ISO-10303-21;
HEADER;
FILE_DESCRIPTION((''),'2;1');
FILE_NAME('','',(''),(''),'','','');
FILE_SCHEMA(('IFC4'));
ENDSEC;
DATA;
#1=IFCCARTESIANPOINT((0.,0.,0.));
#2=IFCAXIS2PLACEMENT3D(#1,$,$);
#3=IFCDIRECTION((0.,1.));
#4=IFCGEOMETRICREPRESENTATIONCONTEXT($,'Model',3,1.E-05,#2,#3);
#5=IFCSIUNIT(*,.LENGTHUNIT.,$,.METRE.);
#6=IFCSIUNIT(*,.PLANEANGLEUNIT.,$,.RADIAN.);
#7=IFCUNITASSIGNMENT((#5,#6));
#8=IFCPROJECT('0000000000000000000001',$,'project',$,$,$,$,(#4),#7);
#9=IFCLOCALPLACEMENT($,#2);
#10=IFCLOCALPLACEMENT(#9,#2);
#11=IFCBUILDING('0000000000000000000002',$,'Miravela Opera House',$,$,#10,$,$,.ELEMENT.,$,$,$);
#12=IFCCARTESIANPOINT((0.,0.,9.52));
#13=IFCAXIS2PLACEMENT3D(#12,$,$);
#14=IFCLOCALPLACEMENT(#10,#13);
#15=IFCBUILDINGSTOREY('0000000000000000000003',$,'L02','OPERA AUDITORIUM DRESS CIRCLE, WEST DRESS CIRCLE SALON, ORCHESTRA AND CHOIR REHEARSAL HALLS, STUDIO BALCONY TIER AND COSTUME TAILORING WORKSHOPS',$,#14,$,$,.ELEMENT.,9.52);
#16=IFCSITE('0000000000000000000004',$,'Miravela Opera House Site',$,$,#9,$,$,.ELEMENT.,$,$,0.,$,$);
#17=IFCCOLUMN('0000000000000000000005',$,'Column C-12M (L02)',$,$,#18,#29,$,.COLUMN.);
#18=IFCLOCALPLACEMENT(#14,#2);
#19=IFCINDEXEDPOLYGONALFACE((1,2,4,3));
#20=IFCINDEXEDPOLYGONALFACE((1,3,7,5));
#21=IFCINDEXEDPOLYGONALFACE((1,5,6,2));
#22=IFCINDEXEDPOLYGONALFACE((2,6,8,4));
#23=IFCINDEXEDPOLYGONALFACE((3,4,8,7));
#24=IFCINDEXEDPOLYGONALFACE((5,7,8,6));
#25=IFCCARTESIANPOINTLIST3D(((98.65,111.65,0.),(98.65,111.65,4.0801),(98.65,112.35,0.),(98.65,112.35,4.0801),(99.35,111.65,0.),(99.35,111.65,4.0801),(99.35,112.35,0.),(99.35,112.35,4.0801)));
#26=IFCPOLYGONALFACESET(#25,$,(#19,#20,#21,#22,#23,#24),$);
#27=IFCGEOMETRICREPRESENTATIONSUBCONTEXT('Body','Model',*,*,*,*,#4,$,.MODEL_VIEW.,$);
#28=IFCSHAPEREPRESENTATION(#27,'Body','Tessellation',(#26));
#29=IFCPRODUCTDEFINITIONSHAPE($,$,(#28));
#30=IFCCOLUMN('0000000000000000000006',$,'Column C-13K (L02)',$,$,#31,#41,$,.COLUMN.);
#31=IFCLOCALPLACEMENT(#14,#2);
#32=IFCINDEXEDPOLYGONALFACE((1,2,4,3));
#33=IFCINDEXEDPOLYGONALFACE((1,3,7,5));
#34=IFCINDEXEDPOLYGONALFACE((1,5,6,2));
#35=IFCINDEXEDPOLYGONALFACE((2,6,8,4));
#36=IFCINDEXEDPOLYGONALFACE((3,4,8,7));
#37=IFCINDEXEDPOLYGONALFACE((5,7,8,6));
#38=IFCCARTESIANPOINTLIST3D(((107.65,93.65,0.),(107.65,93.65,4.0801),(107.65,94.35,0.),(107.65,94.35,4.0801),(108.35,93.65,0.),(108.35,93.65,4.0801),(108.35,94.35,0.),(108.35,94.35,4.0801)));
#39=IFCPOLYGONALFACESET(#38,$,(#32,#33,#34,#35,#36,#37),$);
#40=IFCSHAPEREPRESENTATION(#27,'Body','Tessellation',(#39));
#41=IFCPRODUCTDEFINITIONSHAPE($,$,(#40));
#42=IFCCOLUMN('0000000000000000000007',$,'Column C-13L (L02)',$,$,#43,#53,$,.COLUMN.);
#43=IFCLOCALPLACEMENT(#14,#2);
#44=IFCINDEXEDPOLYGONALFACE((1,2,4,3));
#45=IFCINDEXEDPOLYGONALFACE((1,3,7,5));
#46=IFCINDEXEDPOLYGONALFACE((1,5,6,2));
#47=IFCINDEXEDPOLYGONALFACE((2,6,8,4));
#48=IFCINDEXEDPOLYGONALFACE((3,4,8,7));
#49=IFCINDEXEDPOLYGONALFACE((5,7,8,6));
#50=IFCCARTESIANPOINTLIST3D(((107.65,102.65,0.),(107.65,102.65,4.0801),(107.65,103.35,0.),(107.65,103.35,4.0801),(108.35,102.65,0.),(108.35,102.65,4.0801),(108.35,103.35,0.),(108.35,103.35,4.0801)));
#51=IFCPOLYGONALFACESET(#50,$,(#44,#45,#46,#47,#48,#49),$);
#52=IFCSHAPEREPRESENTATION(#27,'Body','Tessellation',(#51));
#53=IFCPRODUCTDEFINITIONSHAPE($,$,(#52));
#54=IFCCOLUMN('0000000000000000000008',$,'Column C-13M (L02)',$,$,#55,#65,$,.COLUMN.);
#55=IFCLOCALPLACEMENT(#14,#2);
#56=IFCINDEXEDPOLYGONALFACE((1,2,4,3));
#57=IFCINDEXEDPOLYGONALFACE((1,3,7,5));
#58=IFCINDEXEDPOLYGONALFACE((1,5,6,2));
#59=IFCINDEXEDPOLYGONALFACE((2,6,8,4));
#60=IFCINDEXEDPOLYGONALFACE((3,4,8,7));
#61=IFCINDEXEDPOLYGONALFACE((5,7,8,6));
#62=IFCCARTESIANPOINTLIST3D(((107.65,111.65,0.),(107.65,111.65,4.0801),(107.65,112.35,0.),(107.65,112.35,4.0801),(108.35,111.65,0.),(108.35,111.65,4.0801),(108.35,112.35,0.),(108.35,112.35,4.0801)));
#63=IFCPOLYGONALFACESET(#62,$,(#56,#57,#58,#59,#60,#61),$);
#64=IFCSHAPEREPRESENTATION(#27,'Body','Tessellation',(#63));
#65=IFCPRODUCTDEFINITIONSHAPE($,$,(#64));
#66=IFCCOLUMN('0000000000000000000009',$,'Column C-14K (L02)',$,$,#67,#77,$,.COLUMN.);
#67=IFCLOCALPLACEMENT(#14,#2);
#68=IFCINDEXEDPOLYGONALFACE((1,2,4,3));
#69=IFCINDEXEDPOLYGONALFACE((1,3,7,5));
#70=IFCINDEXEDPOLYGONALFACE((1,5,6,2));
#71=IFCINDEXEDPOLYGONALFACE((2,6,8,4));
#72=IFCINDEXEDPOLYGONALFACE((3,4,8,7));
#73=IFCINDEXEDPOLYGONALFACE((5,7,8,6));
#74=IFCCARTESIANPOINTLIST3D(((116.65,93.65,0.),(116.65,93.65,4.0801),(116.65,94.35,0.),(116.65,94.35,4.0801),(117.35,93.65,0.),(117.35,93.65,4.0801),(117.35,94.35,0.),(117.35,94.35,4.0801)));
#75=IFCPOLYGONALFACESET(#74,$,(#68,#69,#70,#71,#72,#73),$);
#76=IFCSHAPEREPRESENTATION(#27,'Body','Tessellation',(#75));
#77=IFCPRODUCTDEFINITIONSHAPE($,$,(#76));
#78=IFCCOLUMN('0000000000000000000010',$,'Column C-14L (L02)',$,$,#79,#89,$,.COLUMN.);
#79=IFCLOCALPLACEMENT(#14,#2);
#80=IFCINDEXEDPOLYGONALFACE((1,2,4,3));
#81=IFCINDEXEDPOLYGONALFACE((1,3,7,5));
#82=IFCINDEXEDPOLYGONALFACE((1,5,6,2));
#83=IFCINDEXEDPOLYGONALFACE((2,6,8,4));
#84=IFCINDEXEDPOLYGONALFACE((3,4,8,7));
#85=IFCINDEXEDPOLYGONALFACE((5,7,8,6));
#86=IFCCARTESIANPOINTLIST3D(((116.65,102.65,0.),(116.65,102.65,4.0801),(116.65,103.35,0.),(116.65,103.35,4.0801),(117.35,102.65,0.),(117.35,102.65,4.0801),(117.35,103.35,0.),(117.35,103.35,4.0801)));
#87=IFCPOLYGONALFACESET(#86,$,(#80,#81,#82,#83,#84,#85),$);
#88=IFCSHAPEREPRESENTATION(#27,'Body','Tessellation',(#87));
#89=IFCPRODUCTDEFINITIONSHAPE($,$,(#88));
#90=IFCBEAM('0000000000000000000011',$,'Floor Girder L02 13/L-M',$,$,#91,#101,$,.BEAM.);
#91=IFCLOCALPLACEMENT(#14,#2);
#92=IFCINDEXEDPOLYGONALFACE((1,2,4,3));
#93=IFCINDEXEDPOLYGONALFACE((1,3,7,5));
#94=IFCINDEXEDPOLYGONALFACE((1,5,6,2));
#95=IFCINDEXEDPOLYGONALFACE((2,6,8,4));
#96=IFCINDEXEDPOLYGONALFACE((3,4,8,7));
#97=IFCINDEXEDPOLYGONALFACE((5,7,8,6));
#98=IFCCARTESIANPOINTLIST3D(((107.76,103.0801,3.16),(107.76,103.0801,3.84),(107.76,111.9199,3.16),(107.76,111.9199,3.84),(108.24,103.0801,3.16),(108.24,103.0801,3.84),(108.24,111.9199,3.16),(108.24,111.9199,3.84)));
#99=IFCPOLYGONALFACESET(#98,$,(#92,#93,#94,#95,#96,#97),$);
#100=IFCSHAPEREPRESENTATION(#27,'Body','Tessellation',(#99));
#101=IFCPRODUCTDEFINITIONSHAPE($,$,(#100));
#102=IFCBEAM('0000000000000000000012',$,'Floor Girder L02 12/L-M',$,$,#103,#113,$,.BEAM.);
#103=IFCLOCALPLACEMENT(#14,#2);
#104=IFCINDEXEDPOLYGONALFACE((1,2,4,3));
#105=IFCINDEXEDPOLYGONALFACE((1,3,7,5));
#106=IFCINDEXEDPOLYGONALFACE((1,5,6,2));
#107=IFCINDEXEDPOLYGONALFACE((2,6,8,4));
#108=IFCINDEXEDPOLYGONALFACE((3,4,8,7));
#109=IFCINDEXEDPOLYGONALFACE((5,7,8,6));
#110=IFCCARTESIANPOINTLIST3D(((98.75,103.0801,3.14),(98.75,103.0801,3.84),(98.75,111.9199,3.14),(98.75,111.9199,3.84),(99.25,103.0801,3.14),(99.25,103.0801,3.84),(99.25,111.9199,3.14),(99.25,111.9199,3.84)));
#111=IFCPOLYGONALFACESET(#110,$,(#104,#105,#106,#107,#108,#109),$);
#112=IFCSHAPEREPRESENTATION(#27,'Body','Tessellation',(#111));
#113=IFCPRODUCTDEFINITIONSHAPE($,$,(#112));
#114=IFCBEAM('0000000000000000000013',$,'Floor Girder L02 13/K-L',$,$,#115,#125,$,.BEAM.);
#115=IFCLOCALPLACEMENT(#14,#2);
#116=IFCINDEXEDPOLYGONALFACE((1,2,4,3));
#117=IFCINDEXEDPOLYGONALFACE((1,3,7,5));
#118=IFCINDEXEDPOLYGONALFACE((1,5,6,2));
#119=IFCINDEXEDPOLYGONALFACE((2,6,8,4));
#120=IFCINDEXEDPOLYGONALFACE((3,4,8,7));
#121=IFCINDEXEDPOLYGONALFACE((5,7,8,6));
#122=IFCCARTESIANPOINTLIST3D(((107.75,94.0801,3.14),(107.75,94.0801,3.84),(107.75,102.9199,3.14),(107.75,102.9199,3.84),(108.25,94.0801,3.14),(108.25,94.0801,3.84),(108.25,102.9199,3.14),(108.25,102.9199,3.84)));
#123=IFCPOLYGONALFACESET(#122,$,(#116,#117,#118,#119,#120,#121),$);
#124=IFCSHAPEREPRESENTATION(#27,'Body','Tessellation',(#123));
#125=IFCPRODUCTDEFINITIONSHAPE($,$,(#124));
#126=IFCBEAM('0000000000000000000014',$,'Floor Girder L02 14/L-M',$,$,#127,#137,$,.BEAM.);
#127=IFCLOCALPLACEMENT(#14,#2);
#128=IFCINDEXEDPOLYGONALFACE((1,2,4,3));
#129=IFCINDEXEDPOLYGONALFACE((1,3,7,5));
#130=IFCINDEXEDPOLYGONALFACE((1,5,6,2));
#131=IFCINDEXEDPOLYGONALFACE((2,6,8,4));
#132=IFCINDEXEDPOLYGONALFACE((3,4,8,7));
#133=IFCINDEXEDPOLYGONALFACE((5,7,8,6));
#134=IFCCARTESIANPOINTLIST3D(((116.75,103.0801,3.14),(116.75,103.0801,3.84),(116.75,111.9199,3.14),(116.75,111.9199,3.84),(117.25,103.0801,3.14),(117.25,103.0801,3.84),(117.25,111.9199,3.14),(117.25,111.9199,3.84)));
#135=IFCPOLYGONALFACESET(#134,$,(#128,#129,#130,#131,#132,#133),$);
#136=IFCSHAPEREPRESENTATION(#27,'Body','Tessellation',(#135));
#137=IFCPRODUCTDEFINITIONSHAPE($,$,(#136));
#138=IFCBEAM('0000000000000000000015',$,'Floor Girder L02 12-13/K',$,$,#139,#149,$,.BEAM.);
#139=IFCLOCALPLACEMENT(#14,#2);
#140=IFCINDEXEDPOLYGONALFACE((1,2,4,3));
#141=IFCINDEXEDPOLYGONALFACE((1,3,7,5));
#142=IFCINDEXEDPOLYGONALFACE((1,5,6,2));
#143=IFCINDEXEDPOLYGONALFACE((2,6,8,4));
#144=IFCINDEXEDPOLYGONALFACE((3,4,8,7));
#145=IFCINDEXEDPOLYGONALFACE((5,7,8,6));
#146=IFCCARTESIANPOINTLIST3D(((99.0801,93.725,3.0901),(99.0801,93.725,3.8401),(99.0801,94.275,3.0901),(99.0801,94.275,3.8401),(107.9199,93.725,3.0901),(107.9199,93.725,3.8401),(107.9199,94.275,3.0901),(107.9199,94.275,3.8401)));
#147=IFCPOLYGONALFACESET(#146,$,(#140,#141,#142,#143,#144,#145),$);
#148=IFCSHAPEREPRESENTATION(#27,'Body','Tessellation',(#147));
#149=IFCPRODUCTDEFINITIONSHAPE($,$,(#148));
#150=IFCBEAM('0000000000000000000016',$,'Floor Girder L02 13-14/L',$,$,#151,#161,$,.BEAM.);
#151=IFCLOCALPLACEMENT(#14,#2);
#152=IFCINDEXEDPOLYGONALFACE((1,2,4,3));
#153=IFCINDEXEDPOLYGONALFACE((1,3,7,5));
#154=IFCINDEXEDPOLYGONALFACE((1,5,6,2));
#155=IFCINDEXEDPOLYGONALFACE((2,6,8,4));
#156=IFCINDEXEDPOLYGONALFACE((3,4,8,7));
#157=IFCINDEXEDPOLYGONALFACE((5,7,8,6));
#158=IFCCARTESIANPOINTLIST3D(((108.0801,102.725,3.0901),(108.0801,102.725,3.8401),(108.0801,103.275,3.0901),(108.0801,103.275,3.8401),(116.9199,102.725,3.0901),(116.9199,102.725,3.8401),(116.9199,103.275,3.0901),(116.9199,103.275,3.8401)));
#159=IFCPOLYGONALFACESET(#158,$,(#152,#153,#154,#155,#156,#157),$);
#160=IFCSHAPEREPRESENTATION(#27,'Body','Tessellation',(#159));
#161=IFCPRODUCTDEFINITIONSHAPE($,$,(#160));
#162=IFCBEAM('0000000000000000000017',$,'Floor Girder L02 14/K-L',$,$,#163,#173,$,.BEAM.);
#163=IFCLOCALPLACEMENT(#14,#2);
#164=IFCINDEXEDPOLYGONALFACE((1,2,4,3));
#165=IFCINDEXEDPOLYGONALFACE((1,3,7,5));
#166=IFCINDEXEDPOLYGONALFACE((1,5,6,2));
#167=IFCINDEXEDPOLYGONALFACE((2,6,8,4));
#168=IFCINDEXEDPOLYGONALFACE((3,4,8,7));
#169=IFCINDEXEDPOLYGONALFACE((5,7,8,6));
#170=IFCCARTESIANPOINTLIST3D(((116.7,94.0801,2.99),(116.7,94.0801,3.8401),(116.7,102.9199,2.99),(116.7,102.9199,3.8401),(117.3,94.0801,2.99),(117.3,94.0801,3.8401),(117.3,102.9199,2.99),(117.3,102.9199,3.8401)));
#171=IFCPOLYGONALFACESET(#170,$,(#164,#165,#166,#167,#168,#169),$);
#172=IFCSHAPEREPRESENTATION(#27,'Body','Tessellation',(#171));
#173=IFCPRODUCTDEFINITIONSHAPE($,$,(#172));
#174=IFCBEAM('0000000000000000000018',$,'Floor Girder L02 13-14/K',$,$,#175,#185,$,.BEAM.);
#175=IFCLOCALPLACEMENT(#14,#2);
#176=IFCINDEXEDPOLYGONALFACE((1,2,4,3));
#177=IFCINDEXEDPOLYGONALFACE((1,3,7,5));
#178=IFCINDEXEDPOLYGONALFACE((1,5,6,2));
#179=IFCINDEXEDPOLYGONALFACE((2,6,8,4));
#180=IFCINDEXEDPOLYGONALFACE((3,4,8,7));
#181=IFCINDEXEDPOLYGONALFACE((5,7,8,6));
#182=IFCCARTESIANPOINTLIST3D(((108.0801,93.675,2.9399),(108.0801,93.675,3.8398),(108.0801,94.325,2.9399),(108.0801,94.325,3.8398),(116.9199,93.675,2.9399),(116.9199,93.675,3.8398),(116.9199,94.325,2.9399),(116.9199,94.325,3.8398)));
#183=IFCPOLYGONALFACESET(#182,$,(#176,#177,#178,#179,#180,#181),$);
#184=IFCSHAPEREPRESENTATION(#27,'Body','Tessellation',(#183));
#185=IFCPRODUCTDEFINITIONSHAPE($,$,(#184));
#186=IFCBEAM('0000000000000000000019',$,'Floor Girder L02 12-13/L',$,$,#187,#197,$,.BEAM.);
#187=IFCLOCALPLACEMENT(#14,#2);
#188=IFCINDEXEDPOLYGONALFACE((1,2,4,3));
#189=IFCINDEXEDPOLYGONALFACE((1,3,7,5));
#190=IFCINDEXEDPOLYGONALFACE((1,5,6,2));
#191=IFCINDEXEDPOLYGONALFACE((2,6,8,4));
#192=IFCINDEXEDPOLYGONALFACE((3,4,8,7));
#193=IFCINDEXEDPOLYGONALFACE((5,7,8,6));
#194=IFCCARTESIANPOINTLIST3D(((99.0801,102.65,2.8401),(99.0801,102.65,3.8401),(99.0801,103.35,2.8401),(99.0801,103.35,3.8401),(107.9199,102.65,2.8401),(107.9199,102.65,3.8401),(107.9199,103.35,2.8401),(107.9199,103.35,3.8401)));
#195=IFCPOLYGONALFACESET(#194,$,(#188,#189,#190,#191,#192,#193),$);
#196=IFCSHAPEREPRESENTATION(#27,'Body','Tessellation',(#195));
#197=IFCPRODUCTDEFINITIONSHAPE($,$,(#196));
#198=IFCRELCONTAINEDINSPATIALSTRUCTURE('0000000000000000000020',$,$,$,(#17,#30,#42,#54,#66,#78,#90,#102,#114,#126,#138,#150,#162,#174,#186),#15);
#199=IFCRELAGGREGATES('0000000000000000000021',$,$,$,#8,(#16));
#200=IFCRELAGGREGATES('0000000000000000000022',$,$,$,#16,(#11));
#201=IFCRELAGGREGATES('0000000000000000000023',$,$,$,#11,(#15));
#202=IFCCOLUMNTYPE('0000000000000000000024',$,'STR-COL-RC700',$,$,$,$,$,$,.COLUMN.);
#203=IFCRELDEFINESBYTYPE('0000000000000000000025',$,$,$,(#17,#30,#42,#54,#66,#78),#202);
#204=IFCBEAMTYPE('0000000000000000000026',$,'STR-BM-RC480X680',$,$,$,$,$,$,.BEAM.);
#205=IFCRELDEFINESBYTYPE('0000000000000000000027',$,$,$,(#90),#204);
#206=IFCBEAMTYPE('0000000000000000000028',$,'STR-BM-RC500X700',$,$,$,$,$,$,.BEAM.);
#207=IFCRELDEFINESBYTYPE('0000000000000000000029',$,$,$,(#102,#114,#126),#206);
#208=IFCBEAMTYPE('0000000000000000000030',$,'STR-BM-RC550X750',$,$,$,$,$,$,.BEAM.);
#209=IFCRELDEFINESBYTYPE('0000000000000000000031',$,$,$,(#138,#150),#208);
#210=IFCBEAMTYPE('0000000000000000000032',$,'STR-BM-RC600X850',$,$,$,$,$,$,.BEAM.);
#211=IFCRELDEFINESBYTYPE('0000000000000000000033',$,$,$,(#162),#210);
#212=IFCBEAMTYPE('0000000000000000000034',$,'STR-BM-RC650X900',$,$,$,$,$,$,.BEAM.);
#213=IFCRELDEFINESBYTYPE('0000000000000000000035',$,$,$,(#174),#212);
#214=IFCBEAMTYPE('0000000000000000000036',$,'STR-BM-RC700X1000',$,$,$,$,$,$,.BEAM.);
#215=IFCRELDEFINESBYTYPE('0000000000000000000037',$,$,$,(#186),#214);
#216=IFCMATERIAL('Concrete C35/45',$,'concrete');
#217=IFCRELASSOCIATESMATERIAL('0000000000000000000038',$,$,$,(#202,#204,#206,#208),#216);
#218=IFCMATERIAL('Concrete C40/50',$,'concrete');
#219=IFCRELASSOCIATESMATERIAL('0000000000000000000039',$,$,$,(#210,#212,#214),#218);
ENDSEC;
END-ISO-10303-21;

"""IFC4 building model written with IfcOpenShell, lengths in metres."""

from ifc_helpers import new_model, si_unit, direction, frame, origin, origin_2d, place, context, subcontext, project, spatial, rectangle, extrude, material, material_profile, profile_set, type_object, element, save


model = new_model("IFC4")

# Units and contexts
model_context = context("Model", 3, precision=1e-05, world=origin(), true_north=direction((0.0, 1.0)))
body_context = subcontext(model_context, "Body", "Model", "MODEL_VIEW")
ifc_project = project(units=[si_unit("LENGTHUNIT", "METRE"), si_unit("PLANEANGLEUNIT", "RADIAN")], contexts=[model_context])

# Site, building, storey
site_placement = place(None, origin())
site = spatial("IfcSite", under=ifc_project, at=site_placement, Name="Miravela Opera House Site", CompositionType="ELEMENT", RefElevation=0.0)
building_placement = place(site_placement, origin())
building = spatial("IfcBuilding", under=site, at=building_placement, Name="Miravela Opera House", CompositionType="ELEMENT")
storey_placement = place(building_placement, frame((0.0, 0.0, 9.52)))
storey = spatial("IfcBuildingStorey", under=building, at=storey_placement, Name="L02", Description="OPERA AUDITORIUM DRESS CIRCLE, WEST DRESS CIRCLE SALON, ORCHESTRA AND CHOIR REHEARSAL HALLS, STUDIO BALCONY TIER AND COSTUME TAILORING WORKSHOPS", CompositionType="ELEMENT", Elevation=9.52)

# Columns
ifc_material_1 = material(Name="Concrete C35/45", Category="concrete")
ifc_material_profile_1 = material_profile(ifc_material_1, rectangle(XDim=0.7, YDim=0.7, at=origin_2d()), Name="RC-COL-700X700")
ifc_profile_set_1 = profile_set([ifc_material_profile_1])
column_type = type_object("IfcColumnType", Name="STR-COL-RC700", PredefinedType="COLUMN", material=ifc_profile_set_1)
for number, where, z_axis, x_axis, name in (
    (1, (99.0, 112.0, 0.0), (0.0, 0.0, 1.0), (1.0, 0.0, 0.0), "Column C-12M (L02)"),
    (2, (108.0, 94.0, 0.0), (0.0, 0.0, 1.0), (1.0, 0.0, 0.0), "Column C-13K (L02)"),
    (3, (108.0, 103.0, 0.0), (0.0, 0.0, 1.0), (1.0, 0.0, 0.0), "Column C-13L (L02)"),
    (4, (108.0, 112.0, 0.0), (0.0, 0.0, 1.0), (1.0, 0.0, 0.0), "Column C-13M (L02)"),
    (5, (117.0, 94.0, 0.0), (0.0, 0.0, 1.0), (1.0, 0.0, 0.0), "Column C-14K (L02)"),
    (6, (117.0, 103.0, 0.0), (0.0, 0.0, 1.0), (1.0, 0.0, 0.0), "Column C-14L (L02)"),
):
    element("IfcColumn", number, at=place(storey_placement, frame(where, z_axis=z_axis, x_axis=x_axis)), inside=storey, type_object=column_type, Name=name, PredefinedType="COLUMN", context=body_context, shape_type="SweptSolid", body=[
        extrude(rectangle(XDim=0.7, YDim=0.7, at=origin_2d()), origin(), (0.0, 0.0, 1.0), 4.0801),
    ])

# Beams
ifc_material_profile_2 = material_profile(ifc_material_1, rectangle(XDim=0.48, YDim=0.6799, at=origin_2d()), Name="RC-BM-480X680")
ifc_profile_set_2 = profile_set([ifc_material_profile_2])
beam_type_1 = type_object("IfcBeamType", Name="STR-BM-RC480X680", PredefinedType="BEAM", material=ifc_profile_set_2)
beam_1_placement = place(storey_placement, frame((108.0, 103.0801, 3.5), z_axis=(0.0, 1.0, 0.0), x_axis=(-1.0, 0.0, 0.0)))
element("IfcBeam", 7, at=beam_1_placement, inside=storey, type_object=beam_type_1, Name="Floor Girder L02 13/L-M", PredefinedType="BEAM", context=body_context, shape_type="SweptSolid", body=[
    extrude(rectangle(XDim=0.48, YDim=0.6799, at=origin_2d()), origin(), (0.0, 0.0, 1.0), 8.8398),
])
ifc_material_profile_3 = material_profile(ifc_material_1, rectangle(XDim=0.5, YDim=0.7, at=origin_2d()), Name="RC-BM-500X700")
ifc_profile_set_3 = profile_set([ifc_material_profile_3])
beam_type_2 = type_object("IfcBeamType", Name="STR-BM-RC500X700", PredefinedType="BEAM", material=ifc_profile_set_3)
for number, where, z_axis, x_axis, name in (
    (8, (99.0, 103.0801, 3.49), (0.0, 1.0, 0.0), (-1.0, 0.0, 0.0), "Floor Girder L02 12/L-M"),
    (9, (108.0, 94.0801, 3.49), (0.0, 1.0, 0.0), (-1.0, 0.0, 0.0), "Floor Girder L02 13/K-L"),
    (10, (117.0, 103.0801, 3.49), (0.0, 1.0, 0.0), (-1.0, 0.0, 0.0), "Floor Girder L02 14/L-M"),
):
    element("IfcBeam", number, at=place(storey_placement, frame(where, z_axis=z_axis, x_axis=x_axis)), inside=storey, type_object=beam_type_2, Name=name, PredefinedType="BEAM", context=body_context, shape_type="SweptSolid", body=[
        extrude(rectangle(XDim=0.5, YDim=0.7, at=origin_2d()), origin(), (0.0, 0.0, 1.0), 8.8398),
    ])
ifc_material_profile_4 = material_profile(ifc_material_1, rectangle(XDim=0.55, YDim=0.75, at=origin_2d()), Name="RC-BM-550X750")
ifc_profile_set_4 = profile_set([ifc_material_profile_4])
beam_type_3 = type_object("IfcBeamType", Name="STR-BM-RC550X750", PredefinedType="BEAM", material=ifc_profile_set_4)
for number, where, z_axis, x_axis, name in (
    (11, (99.0801, 94.0, 3.4651), (1.0, 0.0, 0.0), (0.0, 1.0, 0.0), "Floor Girder L02 12-13/K"),
    (12, (108.0801, 103.0, 3.4651), (1.0, 0.0, 0.0), (0.0, 1.0, 0.0), "Floor Girder L02 13-14/L"),
):
    element("IfcBeam", number, at=place(storey_placement, frame(where, z_axis=z_axis, x_axis=x_axis)), inside=storey, type_object=beam_type_3, Name=name, PredefinedType="BEAM", context=body_context, shape_type="SweptSolid", body=[
        extrude(rectangle(XDim=0.55, YDim=0.75, at=origin_2d()), origin(), (0.0, 0.0, 1.0), 8.8398),
    ])
ifc_material_2 = material(Name="Concrete C40/50", Category="concrete")
ifc_material_profile_5 = material_profile(ifc_material_2, rectangle(XDim=0.6001, YDim=0.8501, at=origin_2d()), Name="RC-BM-600X850")
ifc_profile_set_5 = profile_set([ifc_material_profile_5])
beam_type_4 = type_object("IfcBeamType", Name="STR-BM-RC600X850", PredefinedType="BEAM", material=ifc_profile_set_5)
beam_2_placement = place(storey_placement, frame((117.0, 94.0801, 3.415), z_axis=(0.0, 1.0, 0.0), x_axis=(-1.0, 0.0, 0.0)))
element("IfcBeam", 13, at=beam_2_placement, inside=storey, type_object=beam_type_4, Name="Floor Girder L02 14/K-L", PredefinedType="BEAM", context=body_context, shape_type="SweptSolid", body=[
    extrude(rectangle(XDim=0.6001, YDim=0.8501, at=origin_2d()), origin(), (0.0, 0.0, 1.0), 8.8398),
])
ifc_material_profile_6 = material_profile(ifc_material_2, rectangle(XDim=0.6499, YDim=0.8999, at=origin_2d()), Name="RC-BM-650X900")
ifc_profile_set_6 = profile_set([ifc_material_profile_6])
beam_type_5 = type_object("IfcBeamType", Name="STR-BM-RC650X900", PredefinedType="BEAM", material=ifc_profile_set_6)
beam_3_placement = place(storey_placement, frame((108.0801, 94.0, 3.3899), z_axis=(1.0, 0.0, 0.0), x_axis=(0.0, 1.0, 0.0)))
element("IfcBeam", 14, at=beam_3_placement, inside=storey, type_object=beam_type_5, Name="Floor Girder L02 13-14/K", PredefinedType="BEAM", context=body_context, shape_type="SweptSolid", body=[
    extrude(rectangle(XDim=0.6499, YDim=0.8999, at=origin_2d()), origin(), (0.0, 0.0, 1.0), 8.8398),
])
ifc_material_profile_7 = material_profile(ifc_material_2, rectangle(XDim=0.7, YDim=1.0, at=origin_2d()), Name="RC-BM-700X1000")
ifc_profile_set_7 = profile_set([ifc_material_profile_7])
beam_type_6 = type_object("IfcBeamType", Name="STR-BM-RC700X1000", PredefinedType="BEAM", material=ifc_profile_set_7)
beam_4_placement = place(storey_placement, frame((99.0801, 103.0, 3.3401), z_axis=(1.0, 0.0, 0.0), x_axis=(0.0, 1.0, 0.0)))
element("IfcBeam", 15, at=beam_4_placement, inside=storey, type_object=beam_type_6, Name="Floor Girder L02 12-13/L", PredefinedType="BEAM", context=body_context, shape_type="SweptSolid", body=[
    extrude(rectangle(XDim=0.7, YDim=1.0, at=origin_2d()), origin(), (0.0, 0.0, 1.0), 8.8398),
])

save(model, "model.ifc")
